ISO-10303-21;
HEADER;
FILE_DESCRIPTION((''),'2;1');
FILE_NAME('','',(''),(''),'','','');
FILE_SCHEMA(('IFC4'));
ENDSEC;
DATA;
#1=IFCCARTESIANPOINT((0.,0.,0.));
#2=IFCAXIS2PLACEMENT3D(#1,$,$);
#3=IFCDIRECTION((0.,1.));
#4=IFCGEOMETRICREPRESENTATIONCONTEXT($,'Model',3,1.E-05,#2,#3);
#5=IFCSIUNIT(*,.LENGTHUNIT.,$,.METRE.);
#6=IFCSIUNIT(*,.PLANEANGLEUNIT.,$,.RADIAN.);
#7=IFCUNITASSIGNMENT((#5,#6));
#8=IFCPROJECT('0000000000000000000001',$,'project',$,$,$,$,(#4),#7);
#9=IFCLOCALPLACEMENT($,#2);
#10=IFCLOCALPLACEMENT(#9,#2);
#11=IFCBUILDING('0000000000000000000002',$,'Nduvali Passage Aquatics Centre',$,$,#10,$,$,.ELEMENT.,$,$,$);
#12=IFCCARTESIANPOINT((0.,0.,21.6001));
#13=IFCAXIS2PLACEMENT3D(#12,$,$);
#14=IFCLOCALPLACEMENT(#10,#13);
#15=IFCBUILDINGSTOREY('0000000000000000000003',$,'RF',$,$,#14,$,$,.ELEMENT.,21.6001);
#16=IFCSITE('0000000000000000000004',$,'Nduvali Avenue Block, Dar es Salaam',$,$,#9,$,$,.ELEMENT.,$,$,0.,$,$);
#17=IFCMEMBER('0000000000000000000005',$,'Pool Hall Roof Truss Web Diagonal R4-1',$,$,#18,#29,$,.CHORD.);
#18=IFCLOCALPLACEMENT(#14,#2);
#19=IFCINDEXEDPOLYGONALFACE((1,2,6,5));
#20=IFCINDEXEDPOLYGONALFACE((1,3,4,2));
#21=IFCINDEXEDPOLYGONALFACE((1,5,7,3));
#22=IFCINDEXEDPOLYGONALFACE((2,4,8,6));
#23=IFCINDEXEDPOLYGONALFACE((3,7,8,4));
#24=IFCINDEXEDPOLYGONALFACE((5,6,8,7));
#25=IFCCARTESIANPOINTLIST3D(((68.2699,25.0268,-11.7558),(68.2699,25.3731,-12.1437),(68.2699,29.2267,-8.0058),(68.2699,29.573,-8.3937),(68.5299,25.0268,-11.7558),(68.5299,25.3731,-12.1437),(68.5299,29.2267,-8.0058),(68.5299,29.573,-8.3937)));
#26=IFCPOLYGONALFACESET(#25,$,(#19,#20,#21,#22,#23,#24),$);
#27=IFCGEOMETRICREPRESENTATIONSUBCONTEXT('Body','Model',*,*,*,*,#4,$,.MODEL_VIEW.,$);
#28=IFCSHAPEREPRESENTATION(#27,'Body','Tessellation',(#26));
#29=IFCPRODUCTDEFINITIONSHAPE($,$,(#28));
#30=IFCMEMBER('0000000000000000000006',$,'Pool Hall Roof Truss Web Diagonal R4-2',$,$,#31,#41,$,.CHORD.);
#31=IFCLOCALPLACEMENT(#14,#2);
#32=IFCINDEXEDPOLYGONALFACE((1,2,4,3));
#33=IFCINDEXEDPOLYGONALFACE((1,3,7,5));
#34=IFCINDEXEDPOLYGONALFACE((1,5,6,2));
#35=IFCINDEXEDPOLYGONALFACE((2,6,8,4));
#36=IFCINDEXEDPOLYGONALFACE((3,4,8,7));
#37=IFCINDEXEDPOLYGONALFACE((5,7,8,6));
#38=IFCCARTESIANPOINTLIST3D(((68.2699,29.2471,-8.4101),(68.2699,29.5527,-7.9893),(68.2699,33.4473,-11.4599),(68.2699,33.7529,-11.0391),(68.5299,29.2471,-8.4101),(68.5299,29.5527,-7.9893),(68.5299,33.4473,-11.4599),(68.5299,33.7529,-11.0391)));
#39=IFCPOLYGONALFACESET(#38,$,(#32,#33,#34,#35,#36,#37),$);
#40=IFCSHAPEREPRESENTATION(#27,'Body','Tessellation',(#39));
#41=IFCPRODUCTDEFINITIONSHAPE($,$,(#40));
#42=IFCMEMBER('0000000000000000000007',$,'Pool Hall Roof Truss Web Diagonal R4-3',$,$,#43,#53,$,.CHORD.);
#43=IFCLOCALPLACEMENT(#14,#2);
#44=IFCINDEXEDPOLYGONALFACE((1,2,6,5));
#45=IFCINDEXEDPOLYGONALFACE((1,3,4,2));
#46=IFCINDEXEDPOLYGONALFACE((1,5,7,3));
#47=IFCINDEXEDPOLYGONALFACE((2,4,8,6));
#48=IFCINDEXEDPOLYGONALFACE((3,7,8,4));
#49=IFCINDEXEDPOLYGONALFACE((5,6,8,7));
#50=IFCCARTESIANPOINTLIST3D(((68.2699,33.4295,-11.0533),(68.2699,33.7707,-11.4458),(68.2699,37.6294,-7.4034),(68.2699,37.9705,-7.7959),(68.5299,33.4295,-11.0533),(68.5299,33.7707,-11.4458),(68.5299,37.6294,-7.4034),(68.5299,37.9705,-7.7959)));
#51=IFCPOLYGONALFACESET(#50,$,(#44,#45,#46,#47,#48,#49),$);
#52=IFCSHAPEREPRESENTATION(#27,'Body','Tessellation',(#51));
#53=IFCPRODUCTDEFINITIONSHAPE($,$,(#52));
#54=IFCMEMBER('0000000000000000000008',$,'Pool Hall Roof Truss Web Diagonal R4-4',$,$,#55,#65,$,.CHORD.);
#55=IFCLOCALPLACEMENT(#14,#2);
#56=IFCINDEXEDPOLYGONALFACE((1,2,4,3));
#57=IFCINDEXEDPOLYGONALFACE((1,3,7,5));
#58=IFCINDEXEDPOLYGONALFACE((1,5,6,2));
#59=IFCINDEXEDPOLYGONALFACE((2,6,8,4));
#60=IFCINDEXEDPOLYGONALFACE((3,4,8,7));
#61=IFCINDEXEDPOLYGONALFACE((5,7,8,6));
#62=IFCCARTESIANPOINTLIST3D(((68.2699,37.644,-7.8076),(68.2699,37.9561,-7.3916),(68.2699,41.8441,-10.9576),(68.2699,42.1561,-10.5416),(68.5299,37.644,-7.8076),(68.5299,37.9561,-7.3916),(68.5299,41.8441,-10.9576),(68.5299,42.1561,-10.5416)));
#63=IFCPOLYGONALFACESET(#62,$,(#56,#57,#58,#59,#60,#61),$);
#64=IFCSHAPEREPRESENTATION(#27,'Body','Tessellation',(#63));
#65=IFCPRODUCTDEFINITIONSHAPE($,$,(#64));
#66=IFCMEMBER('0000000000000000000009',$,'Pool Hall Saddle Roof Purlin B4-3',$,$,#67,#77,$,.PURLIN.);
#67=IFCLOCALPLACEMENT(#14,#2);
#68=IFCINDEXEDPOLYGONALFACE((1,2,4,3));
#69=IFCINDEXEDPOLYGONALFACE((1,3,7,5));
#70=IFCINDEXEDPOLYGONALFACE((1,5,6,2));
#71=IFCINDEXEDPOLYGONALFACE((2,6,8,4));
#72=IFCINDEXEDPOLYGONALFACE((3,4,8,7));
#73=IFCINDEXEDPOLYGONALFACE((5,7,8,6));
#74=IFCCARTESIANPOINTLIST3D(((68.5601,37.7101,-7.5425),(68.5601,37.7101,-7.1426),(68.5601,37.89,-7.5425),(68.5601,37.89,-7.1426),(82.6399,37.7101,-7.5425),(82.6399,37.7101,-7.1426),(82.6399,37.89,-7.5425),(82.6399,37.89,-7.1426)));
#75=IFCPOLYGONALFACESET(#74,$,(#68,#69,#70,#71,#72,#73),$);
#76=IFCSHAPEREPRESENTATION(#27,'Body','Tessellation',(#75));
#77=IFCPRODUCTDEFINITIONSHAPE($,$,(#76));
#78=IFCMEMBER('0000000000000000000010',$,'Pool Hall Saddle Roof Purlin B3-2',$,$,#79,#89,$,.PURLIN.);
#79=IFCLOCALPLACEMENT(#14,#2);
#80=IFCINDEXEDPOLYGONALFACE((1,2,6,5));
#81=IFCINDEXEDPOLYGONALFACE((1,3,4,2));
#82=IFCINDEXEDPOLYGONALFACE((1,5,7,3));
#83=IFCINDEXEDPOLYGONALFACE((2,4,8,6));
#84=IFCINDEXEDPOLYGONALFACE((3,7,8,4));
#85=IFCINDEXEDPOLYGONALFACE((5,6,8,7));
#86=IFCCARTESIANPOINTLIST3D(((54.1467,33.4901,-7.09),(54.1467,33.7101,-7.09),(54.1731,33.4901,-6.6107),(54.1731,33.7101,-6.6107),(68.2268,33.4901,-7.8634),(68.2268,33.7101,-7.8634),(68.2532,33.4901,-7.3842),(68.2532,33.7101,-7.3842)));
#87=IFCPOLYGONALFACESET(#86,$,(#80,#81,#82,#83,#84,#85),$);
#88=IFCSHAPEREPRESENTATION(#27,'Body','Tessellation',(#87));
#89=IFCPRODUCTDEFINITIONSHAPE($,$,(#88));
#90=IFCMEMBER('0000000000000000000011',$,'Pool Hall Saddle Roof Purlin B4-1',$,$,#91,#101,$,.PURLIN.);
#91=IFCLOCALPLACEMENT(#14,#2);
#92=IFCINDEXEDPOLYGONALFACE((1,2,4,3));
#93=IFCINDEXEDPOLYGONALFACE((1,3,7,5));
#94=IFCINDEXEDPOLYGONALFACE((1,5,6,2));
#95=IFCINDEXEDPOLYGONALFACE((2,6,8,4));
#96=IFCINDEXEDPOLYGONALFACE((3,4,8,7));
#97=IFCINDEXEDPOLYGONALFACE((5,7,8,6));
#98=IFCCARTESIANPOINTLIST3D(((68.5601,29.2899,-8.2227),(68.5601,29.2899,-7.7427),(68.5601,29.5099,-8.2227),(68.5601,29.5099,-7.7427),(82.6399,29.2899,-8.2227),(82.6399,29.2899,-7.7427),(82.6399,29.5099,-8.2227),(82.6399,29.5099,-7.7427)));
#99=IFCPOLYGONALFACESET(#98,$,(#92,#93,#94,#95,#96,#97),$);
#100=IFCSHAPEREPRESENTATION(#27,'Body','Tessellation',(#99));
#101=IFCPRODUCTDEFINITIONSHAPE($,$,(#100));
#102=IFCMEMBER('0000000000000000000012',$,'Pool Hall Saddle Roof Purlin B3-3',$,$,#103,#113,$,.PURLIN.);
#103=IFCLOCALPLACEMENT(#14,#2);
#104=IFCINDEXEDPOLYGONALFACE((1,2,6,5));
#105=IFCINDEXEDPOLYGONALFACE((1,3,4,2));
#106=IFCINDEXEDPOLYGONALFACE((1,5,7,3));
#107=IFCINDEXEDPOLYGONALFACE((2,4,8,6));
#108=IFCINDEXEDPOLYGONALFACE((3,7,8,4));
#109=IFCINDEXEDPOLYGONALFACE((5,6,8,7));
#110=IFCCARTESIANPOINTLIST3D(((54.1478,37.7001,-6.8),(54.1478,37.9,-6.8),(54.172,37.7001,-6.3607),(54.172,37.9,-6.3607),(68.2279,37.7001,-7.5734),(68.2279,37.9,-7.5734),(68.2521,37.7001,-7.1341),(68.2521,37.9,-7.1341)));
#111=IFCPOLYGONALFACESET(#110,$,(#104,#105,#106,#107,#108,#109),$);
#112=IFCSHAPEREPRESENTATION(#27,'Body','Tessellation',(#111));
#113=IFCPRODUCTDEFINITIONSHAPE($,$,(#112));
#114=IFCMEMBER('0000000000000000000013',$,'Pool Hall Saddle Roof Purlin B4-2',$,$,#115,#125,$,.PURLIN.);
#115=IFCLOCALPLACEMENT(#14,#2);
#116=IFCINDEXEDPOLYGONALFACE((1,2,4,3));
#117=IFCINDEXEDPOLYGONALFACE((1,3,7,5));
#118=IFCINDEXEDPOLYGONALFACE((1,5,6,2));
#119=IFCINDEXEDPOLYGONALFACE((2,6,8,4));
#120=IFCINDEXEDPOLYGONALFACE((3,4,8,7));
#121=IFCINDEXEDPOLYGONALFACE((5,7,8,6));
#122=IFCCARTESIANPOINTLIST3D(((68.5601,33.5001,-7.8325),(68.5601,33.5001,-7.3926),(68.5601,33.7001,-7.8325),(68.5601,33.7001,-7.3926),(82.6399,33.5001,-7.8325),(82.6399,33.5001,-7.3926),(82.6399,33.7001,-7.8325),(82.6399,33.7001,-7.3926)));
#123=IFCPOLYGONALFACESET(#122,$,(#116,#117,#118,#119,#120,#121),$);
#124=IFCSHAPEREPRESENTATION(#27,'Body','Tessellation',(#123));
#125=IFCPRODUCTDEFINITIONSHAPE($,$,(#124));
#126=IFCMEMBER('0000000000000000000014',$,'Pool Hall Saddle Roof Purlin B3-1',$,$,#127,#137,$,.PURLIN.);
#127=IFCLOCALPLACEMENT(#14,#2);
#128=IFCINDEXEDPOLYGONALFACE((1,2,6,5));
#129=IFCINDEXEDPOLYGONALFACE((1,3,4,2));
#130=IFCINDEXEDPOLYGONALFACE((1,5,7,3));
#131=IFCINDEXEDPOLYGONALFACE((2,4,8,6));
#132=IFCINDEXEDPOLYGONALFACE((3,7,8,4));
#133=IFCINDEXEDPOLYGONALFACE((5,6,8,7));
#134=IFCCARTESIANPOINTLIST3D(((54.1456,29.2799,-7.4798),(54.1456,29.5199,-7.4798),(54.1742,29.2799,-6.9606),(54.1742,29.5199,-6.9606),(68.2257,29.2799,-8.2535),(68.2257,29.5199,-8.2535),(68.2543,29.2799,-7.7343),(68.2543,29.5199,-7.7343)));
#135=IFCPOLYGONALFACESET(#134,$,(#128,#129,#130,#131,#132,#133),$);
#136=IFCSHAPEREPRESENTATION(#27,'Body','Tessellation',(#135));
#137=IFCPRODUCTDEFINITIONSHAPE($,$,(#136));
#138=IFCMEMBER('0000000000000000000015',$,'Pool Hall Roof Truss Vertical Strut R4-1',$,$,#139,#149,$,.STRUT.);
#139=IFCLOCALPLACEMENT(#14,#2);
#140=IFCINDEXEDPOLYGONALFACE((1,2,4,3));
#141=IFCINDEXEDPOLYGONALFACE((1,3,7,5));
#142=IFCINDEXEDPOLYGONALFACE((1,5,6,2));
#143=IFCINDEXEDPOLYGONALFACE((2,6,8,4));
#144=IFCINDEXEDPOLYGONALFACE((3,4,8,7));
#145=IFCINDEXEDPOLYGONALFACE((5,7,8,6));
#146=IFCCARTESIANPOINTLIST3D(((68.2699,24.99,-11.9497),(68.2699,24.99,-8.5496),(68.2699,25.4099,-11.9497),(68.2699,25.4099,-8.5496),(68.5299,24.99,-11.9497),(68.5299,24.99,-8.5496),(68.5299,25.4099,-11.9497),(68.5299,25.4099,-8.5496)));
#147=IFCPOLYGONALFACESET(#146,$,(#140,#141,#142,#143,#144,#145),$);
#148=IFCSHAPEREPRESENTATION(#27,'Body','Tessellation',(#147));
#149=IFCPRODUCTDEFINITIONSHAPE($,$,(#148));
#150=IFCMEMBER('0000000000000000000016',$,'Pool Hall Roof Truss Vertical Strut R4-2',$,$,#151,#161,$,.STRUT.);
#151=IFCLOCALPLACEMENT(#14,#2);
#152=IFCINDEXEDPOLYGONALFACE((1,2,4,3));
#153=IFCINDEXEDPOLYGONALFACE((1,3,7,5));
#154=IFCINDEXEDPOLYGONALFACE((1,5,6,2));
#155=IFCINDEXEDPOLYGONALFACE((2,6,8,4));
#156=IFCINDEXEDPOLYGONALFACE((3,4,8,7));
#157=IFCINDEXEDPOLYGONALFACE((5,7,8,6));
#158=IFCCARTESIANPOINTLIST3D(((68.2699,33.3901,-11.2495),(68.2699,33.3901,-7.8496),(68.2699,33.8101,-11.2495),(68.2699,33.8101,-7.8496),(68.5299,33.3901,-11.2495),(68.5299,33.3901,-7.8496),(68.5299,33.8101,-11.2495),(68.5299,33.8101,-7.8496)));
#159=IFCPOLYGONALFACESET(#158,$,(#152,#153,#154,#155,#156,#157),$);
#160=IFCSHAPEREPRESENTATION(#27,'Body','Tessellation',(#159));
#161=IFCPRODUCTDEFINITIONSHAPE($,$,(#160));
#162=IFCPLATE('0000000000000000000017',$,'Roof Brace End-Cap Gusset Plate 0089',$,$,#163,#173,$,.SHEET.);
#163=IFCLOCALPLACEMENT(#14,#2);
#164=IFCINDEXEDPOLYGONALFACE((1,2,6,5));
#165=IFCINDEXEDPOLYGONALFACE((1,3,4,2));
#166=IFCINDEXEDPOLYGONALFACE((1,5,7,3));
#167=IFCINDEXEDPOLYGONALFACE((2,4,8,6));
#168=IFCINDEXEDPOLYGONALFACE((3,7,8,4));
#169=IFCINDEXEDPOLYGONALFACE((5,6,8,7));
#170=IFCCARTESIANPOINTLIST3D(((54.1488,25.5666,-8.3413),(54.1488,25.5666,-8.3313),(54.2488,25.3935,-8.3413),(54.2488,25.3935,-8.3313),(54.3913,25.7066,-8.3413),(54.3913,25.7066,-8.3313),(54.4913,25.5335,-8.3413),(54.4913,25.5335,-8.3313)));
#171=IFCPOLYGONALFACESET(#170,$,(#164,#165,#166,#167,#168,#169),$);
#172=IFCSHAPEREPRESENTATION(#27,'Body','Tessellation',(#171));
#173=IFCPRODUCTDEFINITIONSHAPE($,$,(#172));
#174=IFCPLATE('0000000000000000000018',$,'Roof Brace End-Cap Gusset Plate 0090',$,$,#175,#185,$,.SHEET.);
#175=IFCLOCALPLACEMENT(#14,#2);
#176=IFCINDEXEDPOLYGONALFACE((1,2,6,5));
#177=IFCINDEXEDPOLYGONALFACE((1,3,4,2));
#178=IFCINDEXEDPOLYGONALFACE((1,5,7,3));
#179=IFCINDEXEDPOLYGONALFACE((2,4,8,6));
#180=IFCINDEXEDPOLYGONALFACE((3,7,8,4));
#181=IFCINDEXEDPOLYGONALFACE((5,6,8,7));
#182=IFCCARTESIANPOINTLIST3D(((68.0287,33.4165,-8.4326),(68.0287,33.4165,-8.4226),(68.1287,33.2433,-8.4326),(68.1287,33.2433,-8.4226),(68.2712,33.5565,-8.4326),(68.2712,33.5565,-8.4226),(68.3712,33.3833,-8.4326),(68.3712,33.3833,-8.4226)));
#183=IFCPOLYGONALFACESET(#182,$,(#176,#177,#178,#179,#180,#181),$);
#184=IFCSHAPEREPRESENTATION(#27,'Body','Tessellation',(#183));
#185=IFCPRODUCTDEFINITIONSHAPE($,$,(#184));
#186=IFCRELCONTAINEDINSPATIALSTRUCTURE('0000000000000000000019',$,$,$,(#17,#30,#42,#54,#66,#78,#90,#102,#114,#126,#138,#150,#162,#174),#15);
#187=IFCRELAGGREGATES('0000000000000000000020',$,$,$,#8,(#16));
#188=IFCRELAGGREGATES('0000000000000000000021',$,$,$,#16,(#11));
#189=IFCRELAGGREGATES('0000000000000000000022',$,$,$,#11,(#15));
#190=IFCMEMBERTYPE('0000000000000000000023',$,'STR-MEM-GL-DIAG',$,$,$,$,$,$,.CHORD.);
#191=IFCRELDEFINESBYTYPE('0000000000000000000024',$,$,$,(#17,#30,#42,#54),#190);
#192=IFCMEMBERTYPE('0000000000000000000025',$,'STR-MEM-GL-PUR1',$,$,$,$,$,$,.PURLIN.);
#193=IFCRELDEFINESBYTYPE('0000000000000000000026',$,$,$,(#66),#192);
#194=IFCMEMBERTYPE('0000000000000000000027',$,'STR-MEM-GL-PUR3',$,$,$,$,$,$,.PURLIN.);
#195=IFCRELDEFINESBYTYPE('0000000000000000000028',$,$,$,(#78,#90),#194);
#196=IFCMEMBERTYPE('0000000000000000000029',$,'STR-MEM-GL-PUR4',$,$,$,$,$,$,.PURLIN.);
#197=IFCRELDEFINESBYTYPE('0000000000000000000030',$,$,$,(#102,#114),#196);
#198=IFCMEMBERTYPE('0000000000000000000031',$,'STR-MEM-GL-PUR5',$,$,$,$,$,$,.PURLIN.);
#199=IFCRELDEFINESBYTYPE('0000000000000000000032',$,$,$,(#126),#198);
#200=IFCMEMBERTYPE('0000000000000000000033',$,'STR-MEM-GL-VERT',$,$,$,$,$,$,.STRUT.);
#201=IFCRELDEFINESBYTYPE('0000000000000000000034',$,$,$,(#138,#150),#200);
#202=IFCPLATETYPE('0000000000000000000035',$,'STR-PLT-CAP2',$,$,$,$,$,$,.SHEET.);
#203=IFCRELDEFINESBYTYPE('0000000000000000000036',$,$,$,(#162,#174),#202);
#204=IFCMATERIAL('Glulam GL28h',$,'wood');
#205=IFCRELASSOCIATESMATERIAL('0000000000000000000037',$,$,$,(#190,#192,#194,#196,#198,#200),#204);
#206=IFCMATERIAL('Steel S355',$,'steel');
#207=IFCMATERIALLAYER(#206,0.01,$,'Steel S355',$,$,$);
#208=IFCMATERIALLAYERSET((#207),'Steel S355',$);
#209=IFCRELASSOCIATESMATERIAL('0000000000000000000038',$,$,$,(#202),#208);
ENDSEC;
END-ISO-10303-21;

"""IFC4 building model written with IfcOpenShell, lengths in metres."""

from ifc_helpers import new_model, si_unit, direction, frame, origin, origin_2d, place, context, subcontext, project, spatial, rectangle, extrude, material, layer, layer_set, material_profile, profile_set, type_object, element, save


model = new_model("IFC4")

# Units and contexts
model_context = context("Model", 3, precision=1e-05, world=origin(), true_north=direction((0.0, 1.0)))
body_context = subcontext(model_context, "Body", "Model", "MODEL_VIEW")
ifc_project = project(units=[si_unit("LENGTHUNIT", "METRE"), si_unit("PLANEANGLEUNIT", "RADIAN")], contexts=[model_context])

# Site, building, storey
site_placement = place(None, origin())
site = spatial("IfcSite", under=ifc_project, at=site_placement, Name="Nduvali Avenue Block, Dar es Salaam", CompositionType="ELEMENT", RefElevation=0.0)
building_placement = place(site_placement, origin())
building = spatial("IfcBuilding", under=site, at=building_placement, Name="Nduvali Passage Aquatics Centre", CompositionType="ELEMENT")
storey_placement = place(building_placement, frame((0.0, 0.0, 21.6001)))
storey = spatial("IfcBuildingStorey", under=building, at=storey_placement, Name="RF", CompositionType="ELEMENT", Elevation=21.6001)

# Members
ifc_material_1 = material(Name="Steel S355", Category="steel")
ifc_material_2 = material(Name="Glulam GL28h", Category="wood")
ifc_material_profile_1 = material_profile(ifc_material_2, rectangle(XDim=0.26, YDim=0.52, at=origin_2d()), Name="GL28h 260x520")
ifc_profile_set_1 = profile_set([ifc_material_profile_1], Name="Glulam GL28h")
member_type_1 = type_object("IfcMemberType", Name="STR-MEM-GL-DIAG", PredefinedType="CHORD", material=ifc_profile_set_1)
member_1_placement = place(storey_placement, frame((68.3999, 25.2, -11.9497), z_axis=(0.0, 0.745934, 0.66602), x_axis=(-1.0, 0.0, 0.0)))
element("IfcMember", 1, at=member_1_placement, inside=storey, type_object=member_type_1, Name="Pool Hall Roof Truss Web Diagonal R4-1", PredefinedType="CHORD", context=body_context, shape_type="SweptSolid", body=[
    extrude(rectangle(XDim=0.26, YDim=0.52, at=origin_2d()), origin(), (0.0, 0.0, 1.0), 5.6304),
])
member_2_placement = place(storey_placement, frame((68.3999, 29.3999, -8.1997), z_axis=(0.0, 0.809183, -0.587556), x_axis=(-1.0, 0.0, 0.0)))
element("IfcMember", 2, at=member_2_placement, inside=storey, type_object=member_type_1, Name="Pool Hall Roof Truss Web Diagonal R4-2", PredefinedType="CHORD", context=body_context, shape_type="SweptSolid", body=[
    extrude(rectangle(XDim=0.26, YDim=0.52, at=origin_2d()), origin(), (0.0, 0.0, 1.0), 5.1907),
])
member_3_placement = place(storey_placement, frame((68.3999, 33.6001, -11.2495), z_axis=(0.0, 0.754804, 0.655951), x_axis=(-1.0, 0.0, 0.0)))
element("IfcMember", 3, at=member_3_placement, inside=storey, type_object=member_type_1, Name="Pool Hall Roof Truss Web Diagonal R4-3", PredefinedType="CHORD", context=body_context, shape_type="SweptSolid", body=[
    extrude(rectangle(XDim=0.26, YDim=0.52, at=origin_2d()), origin(), (0.0, 0.0, 1.0), 5.5642),
])
member_4_placement = place(storey_placement, frame((68.3999, 37.8, -7.5996), z_axis=(0.0, 0.800006, -0.599993), x_axis=(-1.0, 0.0, 0.0)))
element("IfcMember", 4, at=member_4_placement, inside=storey, type_object=member_type_1, Name="Pool Hall Roof Truss Web Diagonal R4-4", PredefinedType="CHORD", context=body_context, shape_type="SweptSolid", body=[
    extrude(rectangle(XDim=0.26, YDim=0.52, at=origin_2d()), origin(), (0.0, 0.0, 1.0), 5.25),
])
ifc_material_profile_2 = material_profile(ifc_material_2, rectangle(XDim=0.1799, YDim=0.3999, at=origin_2d()), Name="GL28h 180x400")
ifc_profile_set_2 = profile_set([ifc_material_profile_2], Name="Glulam GL28h")
member_type_2 = type_object("IfcMemberType", Name="STR-MEM-GL-PUR1", PredefinedType="PURLIN", material=ifc_profile_set_2)
member_5_placement = place(storey_placement, frame((68.5601, 37.8, -7.3425), z_axis=(1.0, 0.0, 0.0), x_axis=(0.0, 1.0, 0.0)))
element("IfcMember", 5, at=member_5_placement, inside=storey, type_object=member_type_2, Name="Pool Hall Saddle Roof Purlin B4-3", PredefinedType="PURLIN", context=body_context, shape_type="SweptSolid", body=[
    extrude(rectangle(XDim=0.1799, YDim=0.3999, at=origin_2d()), origin(), (0.0, 0.0, 1.0), 14.0798),
])
ifc_material_profile_3 = material_profile(ifc_material_2, rectangle(XDim=0.22, YDim=0.48, at=origin_2d()), Name="GL28h 220x480")
ifc_profile_set_3 = profile_set([ifc_material_profile_3], Name="Glulam GL28h")
member_type_3 = type_object("IfcMemberType", Name="STR-MEM-GL-PUR3", PredefinedType="PURLIN", material=ifc_profile_set_3)
member_6_placement = place(storey_placement, frame((54.1599, 33.6001, -6.8503), z_axis=(0.998495, 0.0, -0.054849), x_axis=(0.0, 1.0, 0.0)))
element("IfcMember", 6, at=member_6_placement, inside=storey, type_object=member_type_3, Name="Pool Hall Saddle Roof Purlin B3-2", PredefinedType="PURLIN", context=body_context, shape_type="SweptSolid", body=[
    extrude(rectangle(XDim=0.22, YDim=0.48, at=origin_2d()), origin(), (0.0, 0.0, 1.0), 14.1013),
])
member_7_placement = place(storey_placement, frame((68.5601, 29.3999, -7.9827), z_axis=(1.0, 0.0, 0.0), x_axis=(0.0, 1.0, 0.0)))
element("IfcMember", 7, at=member_7_placement, inside=storey, type_object=member_type_3, Name="Pool Hall Saddle Roof Purlin B4-1", PredefinedType="PURLIN", context=body_context, shape_type="SweptSolid", body=[
    extrude(rectangle(XDim=0.22, YDim=0.48, at=origin_2d()), origin(), (0.0, 0.0, 1.0), 14.0798),
])
ifc_material_profile_4 = material_profile(ifc_material_2, rectangle(XDim=0.2, YDim=0.4399, at=origin_2d()), Name="GL28h 200x440")
ifc_profile_set_4 = profile_set([ifc_material_profile_4], Name="Glulam GL28h")
member_type_4 = type_object("IfcMemberType", Name="STR-MEM-GL-PUR4", PredefinedType="PURLIN", material=ifc_profile_set_4)
member_8_placement = place(storey_placement, frame((54.1599, 37.8, -6.5803), z_axis=(0.998495, 0.0, -0.054849), x_axis=(0.0, 1.0, 0.0)))
element("IfcMember", 8, at=member_8_placement, inside=storey, type_object=member_type_4, Name="Pool Hall Saddle Roof Purlin B3-3", PredefinedType="PURLIN", context=body_context, shape_type="SweptSolid", body=[
    extrude(rectangle(XDim=0.2, YDim=0.4399, at=origin_2d()), origin(), (0.0, 0.0, 1.0), 14.1013),
])
member_9_placement = place(storey_placement, frame((68.5601, 33.6001, -7.6125), z_axis=(1.0, 0.0, 0.0), x_axis=(0.0, 1.0, 0.0)))
element("IfcMember", 9, at=member_9_placement, inside=storey, type_object=member_type_4, Name="Pool Hall Saddle Roof Purlin B4-2", PredefinedType="PURLIN", context=body_context, shape_type="SweptSolid", body=[
    extrude(rectangle(XDim=0.2, YDim=0.4399, at=origin_2d()), origin(), (0.0, 0.0, 1.0), 14.0798),
])
ifc_material_profile_5 = material_profile(ifc_material_2, rectangle(XDim=0.24, YDim=0.52, at=origin_2d()), Name="GL28h 240x520")
ifc_profile_set_5 = profile_set([ifc_material_profile_5], Name="Glulam GL28h")
member_type_5 = type_object("IfcMemberType", Name="STR-MEM-GL-PUR5", PredefinedType="PURLIN", material=ifc_profile_set_5)
member_10_placement = place(storey_placement, frame((54.1599, 29.3999, -7.2202), z_axis=(0.998494, 0.0, -0.054866), x_axis=(0.0, 1.0, 0.0)))
element("IfcMember", 10, at=member_10_placement, inside=storey, type_object=member_type_5, Name="Pool Hall Saddle Roof Purlin B3-1", PredefinedType="PURLIN", context=body_context, shape_type="SweptSolid", body=[
    extrude(rectangle(XDim=0.24, YDim=0.52, at=origin_2d()), origin(), (0.0, 0.0, 1.0), 14.1013),
])
ifc_material_profile_6 = material_profile(ifc_material_2, rectangle(XDim=0.26, YDim=0.4199, at=origin_2d()), Name="GL28h 260x420")
ifc_profile_set_6 = profile_set([ifc_material_profile_6], Name="Glulam GL28h")
member_type_6 = type_object("IfcMemberType", Name="STR-MEM-GL-VERT", PredefinedType="STRUT", material=ifc_profile_set_6)
member_11_placement = place(storey_placement, frame((68.3999, 25.2, -11.9497), z_axis=(0.0, 0.0, 1.0), x_axis=(1.0, 0.0, 0.0)))
element("IfcMember", 11, at=member_11_placement, inside=storey, type_object=member_type_6, Name="Pool Hall Roof Truss Vertical Strut R4-1", PredefinedType="STRUT", context=body_context, shape_type="SweptSolid", body=[
    extrude(rectangle(XDim=0.26, YDim=0.4199, at=origin_2d()), origin(), (0.0, 0.0, 1.0), 3.4001),
])
member_12_placement = place(storey_placement, frame((68.3999, 33.6001, -11.2495), z_axis=(0.0, 0.0, 1.0), x_axis=(1.0, 0.0, 0.0)))
element("IfcMember", 12, at=member_12_placement, inside=storey, type_object=member_type_6, Name="Pool Hall Roof Truss Vertical Strut R4-2", PredefinedType="STRUT", context=body_context, shape_type="SweptSolid", body=[
    extrude(rectangle(XDim=0.26, YDim=0.4199, at=origin_2d()), origin(), (0.0, 0.0, 1.0), 3.3999),
])

# Plates
ifc_layer_1 = layer(ifc_material_1, 0.01, Name="Steel S355")
ifc_layer_set_1 = layer_set([ifc_layer_1], Name="Steel S355")
plate_type_1 = type_object("IfcPlateType", Name="STR-PLT-CAP2", PredefinedType="SHEET", material=ifc_layer_set_1)
for number, where, z_axis, x_axis, name in (
    (13, (54.3201, 25.55, -8.3413), (0.0, 0.0, 1.0), (0.866025, 0.5, 0.0), "Roof Brace End-Cap Gusset Plate 0089"),
    (14, (68.2, 33.3999, -8.4326), (0.0, 0.0, 1.0), (0.866025, 0.5, 0.0), "Roof Brace End-Cap Gusset Plate 0090"),
):
    element("IfcPlate", number, at=place(storey_placement, frame(where, z_axis=z_axis, x_axis=x_axis)), inside=storey, type_object=plate_type_1, Name=name, PredefinedType="SHEET", context=body_context, shape_type="SweptSolid", body=[
        extrude(rectangle(XDim=0.28, YDim=0.2, at=origin_2d()), origin(), (0.0, 0.0, 1.0), 0.01),
    ])

save(model, "model.ifc")
